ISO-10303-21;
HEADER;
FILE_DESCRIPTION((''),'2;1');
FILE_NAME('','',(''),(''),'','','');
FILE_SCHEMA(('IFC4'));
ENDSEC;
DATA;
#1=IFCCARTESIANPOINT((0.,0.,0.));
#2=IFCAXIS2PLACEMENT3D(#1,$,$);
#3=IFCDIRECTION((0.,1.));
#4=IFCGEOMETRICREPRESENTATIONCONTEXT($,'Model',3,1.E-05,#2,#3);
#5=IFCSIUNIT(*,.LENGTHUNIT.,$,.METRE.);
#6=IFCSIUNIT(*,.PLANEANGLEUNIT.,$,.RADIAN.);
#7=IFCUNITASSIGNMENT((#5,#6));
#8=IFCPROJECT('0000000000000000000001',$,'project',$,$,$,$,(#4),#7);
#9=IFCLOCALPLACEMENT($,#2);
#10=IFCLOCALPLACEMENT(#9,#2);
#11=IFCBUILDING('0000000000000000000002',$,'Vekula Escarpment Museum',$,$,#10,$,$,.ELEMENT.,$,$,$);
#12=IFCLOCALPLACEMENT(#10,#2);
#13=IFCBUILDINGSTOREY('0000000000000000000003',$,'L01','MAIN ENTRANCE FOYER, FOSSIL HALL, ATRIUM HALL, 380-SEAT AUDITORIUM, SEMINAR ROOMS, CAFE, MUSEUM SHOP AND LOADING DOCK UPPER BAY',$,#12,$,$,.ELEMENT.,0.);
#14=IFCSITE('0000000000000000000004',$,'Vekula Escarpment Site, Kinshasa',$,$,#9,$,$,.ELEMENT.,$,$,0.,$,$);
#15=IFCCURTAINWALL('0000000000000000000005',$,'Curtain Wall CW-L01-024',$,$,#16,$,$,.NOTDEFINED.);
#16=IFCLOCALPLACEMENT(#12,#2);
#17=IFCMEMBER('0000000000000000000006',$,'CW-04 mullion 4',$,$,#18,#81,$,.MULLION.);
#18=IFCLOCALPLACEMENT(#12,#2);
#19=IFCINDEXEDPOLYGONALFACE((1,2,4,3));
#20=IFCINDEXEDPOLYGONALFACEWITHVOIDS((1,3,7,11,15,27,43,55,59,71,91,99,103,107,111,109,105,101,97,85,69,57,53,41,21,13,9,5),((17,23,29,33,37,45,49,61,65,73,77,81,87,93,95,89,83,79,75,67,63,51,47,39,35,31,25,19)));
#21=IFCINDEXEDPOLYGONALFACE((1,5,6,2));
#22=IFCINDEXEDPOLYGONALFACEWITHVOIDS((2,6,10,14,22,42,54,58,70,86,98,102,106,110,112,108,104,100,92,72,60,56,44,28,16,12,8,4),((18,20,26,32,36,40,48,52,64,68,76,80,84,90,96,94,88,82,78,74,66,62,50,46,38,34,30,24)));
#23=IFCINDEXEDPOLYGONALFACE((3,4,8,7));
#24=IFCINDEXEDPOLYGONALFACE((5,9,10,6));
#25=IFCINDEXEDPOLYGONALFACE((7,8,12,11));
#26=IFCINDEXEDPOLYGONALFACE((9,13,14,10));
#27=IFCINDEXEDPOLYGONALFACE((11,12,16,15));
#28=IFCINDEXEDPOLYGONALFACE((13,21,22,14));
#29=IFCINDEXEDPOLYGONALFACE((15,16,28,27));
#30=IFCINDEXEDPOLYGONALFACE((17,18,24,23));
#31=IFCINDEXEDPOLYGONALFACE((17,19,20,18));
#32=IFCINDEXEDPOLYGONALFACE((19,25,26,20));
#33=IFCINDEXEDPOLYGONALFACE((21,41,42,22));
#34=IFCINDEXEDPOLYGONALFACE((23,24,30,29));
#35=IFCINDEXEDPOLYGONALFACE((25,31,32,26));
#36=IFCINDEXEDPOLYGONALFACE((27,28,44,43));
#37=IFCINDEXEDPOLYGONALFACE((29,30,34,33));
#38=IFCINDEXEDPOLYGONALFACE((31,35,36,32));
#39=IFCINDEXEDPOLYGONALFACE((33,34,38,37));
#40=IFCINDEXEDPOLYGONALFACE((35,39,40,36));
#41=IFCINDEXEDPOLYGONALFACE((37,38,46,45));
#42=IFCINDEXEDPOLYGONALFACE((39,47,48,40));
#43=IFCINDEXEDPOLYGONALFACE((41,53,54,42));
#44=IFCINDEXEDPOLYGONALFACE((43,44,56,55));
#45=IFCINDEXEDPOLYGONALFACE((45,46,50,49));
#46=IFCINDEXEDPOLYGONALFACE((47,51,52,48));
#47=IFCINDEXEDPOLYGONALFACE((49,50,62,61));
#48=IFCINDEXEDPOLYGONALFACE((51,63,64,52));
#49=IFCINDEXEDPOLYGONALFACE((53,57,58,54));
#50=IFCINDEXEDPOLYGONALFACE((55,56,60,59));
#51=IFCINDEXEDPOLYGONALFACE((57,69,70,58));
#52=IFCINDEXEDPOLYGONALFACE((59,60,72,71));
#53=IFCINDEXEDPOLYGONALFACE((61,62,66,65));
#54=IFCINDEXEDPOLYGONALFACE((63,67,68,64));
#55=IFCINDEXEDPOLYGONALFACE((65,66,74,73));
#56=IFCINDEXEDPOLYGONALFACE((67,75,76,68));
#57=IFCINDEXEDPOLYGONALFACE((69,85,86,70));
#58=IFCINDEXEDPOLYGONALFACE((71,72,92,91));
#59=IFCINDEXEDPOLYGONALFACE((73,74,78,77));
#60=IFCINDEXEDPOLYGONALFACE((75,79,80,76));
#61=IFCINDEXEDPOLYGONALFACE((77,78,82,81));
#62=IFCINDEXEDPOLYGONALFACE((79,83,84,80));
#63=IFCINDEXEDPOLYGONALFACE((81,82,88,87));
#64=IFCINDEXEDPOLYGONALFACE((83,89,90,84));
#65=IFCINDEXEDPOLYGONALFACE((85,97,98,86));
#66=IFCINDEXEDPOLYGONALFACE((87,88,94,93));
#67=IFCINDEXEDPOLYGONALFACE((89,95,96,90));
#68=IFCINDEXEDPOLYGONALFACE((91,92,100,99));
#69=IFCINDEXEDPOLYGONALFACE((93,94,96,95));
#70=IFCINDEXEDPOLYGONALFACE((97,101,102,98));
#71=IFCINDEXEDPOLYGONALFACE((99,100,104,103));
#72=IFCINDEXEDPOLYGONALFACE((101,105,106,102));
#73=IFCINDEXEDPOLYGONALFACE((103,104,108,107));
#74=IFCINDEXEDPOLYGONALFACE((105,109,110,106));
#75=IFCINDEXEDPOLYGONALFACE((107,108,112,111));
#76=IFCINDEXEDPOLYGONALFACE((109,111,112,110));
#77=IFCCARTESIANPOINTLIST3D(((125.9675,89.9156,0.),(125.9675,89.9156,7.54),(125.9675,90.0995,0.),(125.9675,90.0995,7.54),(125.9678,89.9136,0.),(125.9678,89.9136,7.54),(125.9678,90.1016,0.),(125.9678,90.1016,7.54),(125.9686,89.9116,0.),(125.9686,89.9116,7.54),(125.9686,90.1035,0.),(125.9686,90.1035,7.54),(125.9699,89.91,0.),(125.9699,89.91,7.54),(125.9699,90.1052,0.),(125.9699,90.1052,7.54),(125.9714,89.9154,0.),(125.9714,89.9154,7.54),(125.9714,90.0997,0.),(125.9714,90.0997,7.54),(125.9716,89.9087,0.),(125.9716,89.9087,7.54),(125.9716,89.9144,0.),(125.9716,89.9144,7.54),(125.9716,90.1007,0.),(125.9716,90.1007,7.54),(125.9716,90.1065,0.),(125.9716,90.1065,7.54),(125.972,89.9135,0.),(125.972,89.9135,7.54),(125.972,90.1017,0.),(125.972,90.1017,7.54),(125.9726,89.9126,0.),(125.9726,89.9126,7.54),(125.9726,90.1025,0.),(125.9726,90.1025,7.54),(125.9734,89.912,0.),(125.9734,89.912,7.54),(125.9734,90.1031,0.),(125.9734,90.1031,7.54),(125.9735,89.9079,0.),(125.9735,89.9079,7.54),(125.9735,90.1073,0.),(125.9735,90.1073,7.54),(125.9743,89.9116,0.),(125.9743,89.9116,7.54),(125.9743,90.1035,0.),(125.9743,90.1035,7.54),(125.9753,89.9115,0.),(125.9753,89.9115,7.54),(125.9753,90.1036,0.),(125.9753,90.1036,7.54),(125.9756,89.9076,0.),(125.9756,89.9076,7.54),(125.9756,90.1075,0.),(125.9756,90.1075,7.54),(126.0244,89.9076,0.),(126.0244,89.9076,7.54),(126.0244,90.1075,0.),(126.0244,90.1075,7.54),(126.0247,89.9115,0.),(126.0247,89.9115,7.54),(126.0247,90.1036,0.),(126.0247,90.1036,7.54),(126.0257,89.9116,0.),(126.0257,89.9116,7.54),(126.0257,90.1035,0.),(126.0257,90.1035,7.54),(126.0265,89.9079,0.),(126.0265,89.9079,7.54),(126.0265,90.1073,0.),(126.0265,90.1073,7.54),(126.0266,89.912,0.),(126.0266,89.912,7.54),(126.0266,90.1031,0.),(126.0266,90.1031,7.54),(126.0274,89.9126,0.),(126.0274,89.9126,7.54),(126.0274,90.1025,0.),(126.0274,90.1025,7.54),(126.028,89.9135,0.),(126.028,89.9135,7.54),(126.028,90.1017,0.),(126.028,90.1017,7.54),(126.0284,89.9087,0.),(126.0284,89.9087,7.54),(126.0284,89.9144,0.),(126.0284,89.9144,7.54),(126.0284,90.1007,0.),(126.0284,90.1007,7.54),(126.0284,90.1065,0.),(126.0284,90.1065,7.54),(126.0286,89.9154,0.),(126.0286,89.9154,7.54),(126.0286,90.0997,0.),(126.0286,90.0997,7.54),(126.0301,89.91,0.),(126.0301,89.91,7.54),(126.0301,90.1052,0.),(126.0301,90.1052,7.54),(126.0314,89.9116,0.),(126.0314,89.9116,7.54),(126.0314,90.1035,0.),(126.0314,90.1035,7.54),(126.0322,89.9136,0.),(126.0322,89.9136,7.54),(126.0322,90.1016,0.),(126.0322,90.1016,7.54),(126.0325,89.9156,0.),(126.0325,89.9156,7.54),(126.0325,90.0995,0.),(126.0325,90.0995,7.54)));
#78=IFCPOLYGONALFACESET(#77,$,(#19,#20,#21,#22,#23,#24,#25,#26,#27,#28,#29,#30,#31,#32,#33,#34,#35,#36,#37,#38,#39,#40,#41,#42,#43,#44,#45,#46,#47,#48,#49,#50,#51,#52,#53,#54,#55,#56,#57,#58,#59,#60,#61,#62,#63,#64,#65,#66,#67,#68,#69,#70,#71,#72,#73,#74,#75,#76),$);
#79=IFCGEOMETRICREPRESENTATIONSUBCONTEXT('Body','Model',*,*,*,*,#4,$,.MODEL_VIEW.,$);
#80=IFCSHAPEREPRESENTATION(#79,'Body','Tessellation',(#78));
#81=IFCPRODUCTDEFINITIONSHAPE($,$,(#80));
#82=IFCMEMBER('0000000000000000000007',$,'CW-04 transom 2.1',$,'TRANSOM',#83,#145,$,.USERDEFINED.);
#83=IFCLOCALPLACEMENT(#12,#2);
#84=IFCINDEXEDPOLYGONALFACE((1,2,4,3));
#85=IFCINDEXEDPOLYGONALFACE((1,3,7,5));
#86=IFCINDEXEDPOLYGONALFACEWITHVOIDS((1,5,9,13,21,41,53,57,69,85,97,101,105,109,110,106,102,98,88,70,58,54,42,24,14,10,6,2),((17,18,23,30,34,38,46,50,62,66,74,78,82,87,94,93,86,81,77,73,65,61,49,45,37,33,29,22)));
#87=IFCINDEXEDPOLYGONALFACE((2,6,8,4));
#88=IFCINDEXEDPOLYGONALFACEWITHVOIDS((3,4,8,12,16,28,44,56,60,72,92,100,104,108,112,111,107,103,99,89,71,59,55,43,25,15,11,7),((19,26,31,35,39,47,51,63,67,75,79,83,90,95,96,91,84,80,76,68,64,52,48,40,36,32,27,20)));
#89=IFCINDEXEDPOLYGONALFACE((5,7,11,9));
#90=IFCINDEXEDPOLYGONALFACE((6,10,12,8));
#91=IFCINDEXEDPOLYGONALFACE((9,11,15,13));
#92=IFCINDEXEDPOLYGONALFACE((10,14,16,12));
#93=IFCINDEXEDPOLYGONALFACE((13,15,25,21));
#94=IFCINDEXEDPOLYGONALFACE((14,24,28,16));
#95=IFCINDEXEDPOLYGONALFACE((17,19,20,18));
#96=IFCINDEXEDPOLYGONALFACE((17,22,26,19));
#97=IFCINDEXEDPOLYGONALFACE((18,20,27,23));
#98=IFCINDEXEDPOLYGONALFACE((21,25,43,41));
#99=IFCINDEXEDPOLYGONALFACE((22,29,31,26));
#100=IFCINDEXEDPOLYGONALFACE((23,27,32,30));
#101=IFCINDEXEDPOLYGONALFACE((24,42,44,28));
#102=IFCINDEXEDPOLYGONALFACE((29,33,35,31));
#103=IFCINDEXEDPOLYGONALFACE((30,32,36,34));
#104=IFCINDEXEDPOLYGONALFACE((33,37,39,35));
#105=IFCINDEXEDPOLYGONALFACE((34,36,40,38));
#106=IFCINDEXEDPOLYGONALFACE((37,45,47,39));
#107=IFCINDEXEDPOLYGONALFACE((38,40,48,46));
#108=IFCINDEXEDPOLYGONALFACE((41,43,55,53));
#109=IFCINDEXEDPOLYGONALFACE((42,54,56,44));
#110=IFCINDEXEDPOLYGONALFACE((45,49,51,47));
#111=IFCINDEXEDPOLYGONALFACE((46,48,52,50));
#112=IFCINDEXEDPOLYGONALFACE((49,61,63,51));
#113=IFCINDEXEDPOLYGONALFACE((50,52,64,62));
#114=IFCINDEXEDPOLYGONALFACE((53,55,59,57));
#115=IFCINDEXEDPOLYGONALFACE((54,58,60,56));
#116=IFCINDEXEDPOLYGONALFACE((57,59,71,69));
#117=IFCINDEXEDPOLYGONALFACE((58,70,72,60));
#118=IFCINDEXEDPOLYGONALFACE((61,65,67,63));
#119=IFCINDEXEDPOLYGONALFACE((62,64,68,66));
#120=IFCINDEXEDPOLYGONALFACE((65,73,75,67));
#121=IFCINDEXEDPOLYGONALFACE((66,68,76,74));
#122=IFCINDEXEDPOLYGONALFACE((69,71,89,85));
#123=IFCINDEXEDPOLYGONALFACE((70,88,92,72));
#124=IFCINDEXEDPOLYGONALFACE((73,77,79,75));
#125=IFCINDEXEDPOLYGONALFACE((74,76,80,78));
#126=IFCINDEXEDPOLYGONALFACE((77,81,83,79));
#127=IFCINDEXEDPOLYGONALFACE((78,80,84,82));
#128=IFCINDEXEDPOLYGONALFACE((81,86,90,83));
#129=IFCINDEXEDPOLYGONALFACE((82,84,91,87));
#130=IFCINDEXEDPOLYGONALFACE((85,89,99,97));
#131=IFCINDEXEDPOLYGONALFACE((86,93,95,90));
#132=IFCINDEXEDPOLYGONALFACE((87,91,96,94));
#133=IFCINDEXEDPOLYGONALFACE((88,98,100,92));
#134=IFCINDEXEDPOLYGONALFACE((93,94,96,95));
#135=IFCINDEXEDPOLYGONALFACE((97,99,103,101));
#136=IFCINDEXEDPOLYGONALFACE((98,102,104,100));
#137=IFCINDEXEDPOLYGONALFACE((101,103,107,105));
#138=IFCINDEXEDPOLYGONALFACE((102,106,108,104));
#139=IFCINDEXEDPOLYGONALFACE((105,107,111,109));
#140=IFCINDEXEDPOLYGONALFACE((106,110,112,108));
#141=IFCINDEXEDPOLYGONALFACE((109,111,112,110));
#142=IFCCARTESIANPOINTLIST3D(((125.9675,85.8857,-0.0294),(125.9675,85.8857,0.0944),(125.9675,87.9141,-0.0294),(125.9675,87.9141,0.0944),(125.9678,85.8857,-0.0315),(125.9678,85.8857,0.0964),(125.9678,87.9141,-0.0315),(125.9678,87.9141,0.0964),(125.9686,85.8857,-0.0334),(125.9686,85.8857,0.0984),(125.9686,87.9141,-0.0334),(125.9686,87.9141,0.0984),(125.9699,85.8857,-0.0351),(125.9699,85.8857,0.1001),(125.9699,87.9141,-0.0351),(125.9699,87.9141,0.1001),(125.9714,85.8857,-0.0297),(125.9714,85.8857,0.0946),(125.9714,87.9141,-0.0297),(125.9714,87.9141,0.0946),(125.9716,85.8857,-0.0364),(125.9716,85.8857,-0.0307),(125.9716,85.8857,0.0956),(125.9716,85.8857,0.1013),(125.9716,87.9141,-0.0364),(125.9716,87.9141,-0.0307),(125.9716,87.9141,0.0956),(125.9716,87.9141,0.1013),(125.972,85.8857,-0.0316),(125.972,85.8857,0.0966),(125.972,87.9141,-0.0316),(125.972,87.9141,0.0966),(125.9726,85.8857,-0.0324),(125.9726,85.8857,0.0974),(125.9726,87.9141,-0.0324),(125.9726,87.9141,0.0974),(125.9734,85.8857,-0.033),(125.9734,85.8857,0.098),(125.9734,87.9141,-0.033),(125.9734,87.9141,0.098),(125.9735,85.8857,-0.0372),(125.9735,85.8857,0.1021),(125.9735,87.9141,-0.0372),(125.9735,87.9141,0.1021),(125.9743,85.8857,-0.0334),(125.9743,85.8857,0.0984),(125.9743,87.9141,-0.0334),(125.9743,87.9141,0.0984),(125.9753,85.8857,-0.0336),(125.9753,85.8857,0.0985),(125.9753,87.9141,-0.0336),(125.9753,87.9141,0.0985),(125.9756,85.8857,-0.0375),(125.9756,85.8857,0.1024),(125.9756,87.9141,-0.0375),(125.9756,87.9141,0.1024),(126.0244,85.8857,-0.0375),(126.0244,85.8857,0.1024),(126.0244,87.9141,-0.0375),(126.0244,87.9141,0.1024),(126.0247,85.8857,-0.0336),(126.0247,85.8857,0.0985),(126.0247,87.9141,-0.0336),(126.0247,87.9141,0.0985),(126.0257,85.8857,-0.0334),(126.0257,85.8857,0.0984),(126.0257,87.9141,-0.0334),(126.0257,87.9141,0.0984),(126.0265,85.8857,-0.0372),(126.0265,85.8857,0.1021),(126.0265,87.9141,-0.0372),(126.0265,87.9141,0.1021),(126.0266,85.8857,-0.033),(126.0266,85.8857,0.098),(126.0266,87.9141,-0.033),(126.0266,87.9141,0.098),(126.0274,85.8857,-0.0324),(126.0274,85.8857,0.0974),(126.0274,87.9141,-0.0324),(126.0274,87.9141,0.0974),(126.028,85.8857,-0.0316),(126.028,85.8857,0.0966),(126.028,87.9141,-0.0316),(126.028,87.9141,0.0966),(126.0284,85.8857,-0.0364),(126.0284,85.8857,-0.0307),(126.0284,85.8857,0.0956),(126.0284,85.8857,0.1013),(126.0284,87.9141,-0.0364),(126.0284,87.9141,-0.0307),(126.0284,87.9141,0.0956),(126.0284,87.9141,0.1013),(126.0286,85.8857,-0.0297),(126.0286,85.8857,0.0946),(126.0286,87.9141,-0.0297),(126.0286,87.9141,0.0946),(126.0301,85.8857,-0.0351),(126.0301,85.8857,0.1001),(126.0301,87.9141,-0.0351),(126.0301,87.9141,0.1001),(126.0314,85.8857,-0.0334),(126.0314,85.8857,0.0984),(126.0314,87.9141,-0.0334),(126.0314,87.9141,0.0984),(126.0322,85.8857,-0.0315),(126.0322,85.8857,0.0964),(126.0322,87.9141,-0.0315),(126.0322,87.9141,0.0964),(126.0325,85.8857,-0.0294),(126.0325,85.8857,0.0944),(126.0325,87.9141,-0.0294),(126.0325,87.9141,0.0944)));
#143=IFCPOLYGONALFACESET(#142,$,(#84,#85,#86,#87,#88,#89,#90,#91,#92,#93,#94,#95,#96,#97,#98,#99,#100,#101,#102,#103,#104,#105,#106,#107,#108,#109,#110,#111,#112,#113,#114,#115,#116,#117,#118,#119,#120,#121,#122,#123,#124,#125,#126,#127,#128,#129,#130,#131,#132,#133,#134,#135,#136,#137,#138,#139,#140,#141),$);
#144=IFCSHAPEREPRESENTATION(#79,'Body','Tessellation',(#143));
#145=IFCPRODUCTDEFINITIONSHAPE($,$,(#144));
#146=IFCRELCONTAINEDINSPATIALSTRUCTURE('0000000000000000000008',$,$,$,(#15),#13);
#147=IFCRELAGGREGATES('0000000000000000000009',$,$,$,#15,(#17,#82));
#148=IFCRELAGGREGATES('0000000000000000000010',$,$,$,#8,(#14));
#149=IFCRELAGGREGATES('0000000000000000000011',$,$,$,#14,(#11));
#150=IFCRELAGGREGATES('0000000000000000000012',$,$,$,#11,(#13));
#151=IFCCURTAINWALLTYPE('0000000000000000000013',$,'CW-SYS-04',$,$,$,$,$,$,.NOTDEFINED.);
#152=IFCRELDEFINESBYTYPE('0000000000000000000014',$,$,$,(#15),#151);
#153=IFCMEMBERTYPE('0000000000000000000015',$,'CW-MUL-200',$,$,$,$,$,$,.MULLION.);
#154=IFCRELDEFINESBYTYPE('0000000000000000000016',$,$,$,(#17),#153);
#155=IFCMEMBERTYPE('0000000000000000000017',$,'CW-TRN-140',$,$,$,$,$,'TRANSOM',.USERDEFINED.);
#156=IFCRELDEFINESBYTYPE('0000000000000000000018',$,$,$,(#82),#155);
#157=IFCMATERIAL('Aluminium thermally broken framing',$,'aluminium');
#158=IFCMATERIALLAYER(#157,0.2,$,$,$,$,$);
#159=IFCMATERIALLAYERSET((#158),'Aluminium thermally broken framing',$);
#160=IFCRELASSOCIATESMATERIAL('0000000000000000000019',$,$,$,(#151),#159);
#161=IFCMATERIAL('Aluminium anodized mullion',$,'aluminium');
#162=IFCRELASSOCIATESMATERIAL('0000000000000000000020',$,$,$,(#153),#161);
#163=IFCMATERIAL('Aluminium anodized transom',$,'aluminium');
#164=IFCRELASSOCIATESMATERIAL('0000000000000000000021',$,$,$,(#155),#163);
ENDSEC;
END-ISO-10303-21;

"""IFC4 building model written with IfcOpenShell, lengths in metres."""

from ifc_helpers import new_model, si_unit, direction, frame, origin, origin_2d, place, context, subcontext, project, spatial, hollow_rectangle, extrude, material, layer, layer_set, material_profile, profile_set, type_object, element, aggregate, save


model = new_model("IFC4")

# Units and contexts
model_context = context("Model", 3, precision=1e-05, world=origin(), true_north=direction((0.0, 1.0)))
body_context = subcontext(model_context, "Body", "Model", "MODEL_VIEW")
ifc_project = project(units=[si_unit("LENGTHUNIT", "METRE"), si_unit("PLANEANGLEUNIT", "RADIAN")], contexts=[model_context])

# Site, building, storey
site_placement = place(None, origin())
site = spatial("IfcSite", under=ifc_project, at=site_placement, Name="Vekula Escarpment Site, Kinshasa", CompositionType="ELEMENT", RefElevation=0.0)
building_placement = place(site_placement, origin())
building = spatial("IfcBuilding", under=site, at=building_placement, Name="Vekula Escarpment Museum", CompositionType="ELEMENT")
storey_placement = place(building_placement, origin())
storey = spatial("IfcBuildingStorey", under=building, at=storey_placement, Name="L01", Description="MAIN ENTRANCE FOYER, FOSSIL HALL, ATRIUM HALL, 380-SEAT AUDITORIUM, SEMINAR ROOMS, CAFE, MUSEUM SHOP AND LOADING DOCK UPPER BAY", CompositionType="ELEMENT", Elevation=0.0)

# Curtain wall, members
ifc_material_1 = material(Name="Aluminium thermally broken framing", Category="aluminium")
ifc_layer_1 = layer(ifc_material_1, 0.2)
ifc_layer_set_1 = layer_set([ifc_layer_1], Name="Aluminium thermally broken framing")
curtain_wall_type = type_object("IfcCurtainWallType", Name="CW-SYS-04", PredefinedType="NOTDEFINED", material=ifc_layer_set_1)
curtain_wall_placement = place(storey_placement, origin())
curtain_wall = element("IfcCurtainWall", 1, at=curtain_wall_placement, inside=storey, type_object=curtain_wall_type, Name="Curtain Wall CW-L01-024", PredefinedType="NOTDEFINED")
ifc_material_2 = material(Name="Aluminium anodized mullion", Category="aluminium")
ifc_material_profile_1 = material_profile(ifc_material_2, hollow_rectangle(XDim=0.0649, YDim=0.2, WallThickness=0.0039, InnerFilletRadius=0.0039, OuterFilletRadius=0.0081, at=origin_2d()), Name="ALU 200x65x4")
ifc_profile_set_1 = profile_set([ifc_material_profile_1], Name="Aluminium anodized mullion")
member_type_1 = type_object("IfcMemberType", Name="CW-MUL-200", PredefinedType="MULLION", material=ifc_profile_set_1)
member_1_placement = place(storey_placement, frame((126.0, 90.0076, 0.0), z_axis=(0.0, 0.0, 1.0), x_axis=(-1.0, 0.0, 0.0)))
member_1 = element("IfcMember", 2, at=member_1_placement, type_object=member_type_1, Name="CW-04 mullion 4", PredefinedType="MULLION", context=body_context, shape_type="SweptSolid", body=[
    extrude(hollow_rectangle(XDim=0.0649, YDim=0.2, WallThickness=0.0039, InnerFilletRadius=0.0039, OuterFilletRadius=0.0081, at=origin_2d()), origin(), (0.0, 0.0, 1.0), 7.54),
])
ifc_material_3 = material(Name="Aluminium anodized transom", Category="aluminium")
ifc_material_profile_2 = material_profile(ifc_material_3, hollow_rectangle(XDim=0.0649, YDim=0.1399, WallThickness=0.0039, InnerFilletRadius=0.0039, OuterFilletRadius=0.0081, at=origin_2d()), Name="ALU 140x65x4")
ifc_profile_set_2 = profile_set([ifc_material_profile_2], Name="Aluminium anodized transom")
member_type_2 = type_object("IfcMemberType", Name="CW-TRN-140", ElementType="TRANSOM", PredefinedType="USERDEFINED", material=ifc_profile_set_2)
member_2_placement = place(storey_placement, frame((126.0, 85.8857, 0.0325), z_axis=(0.0, 1.0, 0.0), x_axis=(-1.0, 0.0, 0.0)))
member_2 = element("IfcMember", 3, at=member_2_placement, type_object=member_type_2, Name="CW-04 transom 2.1", ObjectType="TRANSOM", PredefinedType="USERDEFINED", context=body_context, shape_type="SweptSolid", body=[
    extrude(hollow_rectangle(XDim=0.0649, YDim=0.1399, WallThickness=0.0039, InnerFilletRadius=0.0039, OuterFilletRadius=0.0081, at=origin_2d()), origin(), (0.0, 0.0, 1.0), 2.0283),
])

aggregate(curtain_wall, [member_1, member_2])

save(model, "model.ifc")
